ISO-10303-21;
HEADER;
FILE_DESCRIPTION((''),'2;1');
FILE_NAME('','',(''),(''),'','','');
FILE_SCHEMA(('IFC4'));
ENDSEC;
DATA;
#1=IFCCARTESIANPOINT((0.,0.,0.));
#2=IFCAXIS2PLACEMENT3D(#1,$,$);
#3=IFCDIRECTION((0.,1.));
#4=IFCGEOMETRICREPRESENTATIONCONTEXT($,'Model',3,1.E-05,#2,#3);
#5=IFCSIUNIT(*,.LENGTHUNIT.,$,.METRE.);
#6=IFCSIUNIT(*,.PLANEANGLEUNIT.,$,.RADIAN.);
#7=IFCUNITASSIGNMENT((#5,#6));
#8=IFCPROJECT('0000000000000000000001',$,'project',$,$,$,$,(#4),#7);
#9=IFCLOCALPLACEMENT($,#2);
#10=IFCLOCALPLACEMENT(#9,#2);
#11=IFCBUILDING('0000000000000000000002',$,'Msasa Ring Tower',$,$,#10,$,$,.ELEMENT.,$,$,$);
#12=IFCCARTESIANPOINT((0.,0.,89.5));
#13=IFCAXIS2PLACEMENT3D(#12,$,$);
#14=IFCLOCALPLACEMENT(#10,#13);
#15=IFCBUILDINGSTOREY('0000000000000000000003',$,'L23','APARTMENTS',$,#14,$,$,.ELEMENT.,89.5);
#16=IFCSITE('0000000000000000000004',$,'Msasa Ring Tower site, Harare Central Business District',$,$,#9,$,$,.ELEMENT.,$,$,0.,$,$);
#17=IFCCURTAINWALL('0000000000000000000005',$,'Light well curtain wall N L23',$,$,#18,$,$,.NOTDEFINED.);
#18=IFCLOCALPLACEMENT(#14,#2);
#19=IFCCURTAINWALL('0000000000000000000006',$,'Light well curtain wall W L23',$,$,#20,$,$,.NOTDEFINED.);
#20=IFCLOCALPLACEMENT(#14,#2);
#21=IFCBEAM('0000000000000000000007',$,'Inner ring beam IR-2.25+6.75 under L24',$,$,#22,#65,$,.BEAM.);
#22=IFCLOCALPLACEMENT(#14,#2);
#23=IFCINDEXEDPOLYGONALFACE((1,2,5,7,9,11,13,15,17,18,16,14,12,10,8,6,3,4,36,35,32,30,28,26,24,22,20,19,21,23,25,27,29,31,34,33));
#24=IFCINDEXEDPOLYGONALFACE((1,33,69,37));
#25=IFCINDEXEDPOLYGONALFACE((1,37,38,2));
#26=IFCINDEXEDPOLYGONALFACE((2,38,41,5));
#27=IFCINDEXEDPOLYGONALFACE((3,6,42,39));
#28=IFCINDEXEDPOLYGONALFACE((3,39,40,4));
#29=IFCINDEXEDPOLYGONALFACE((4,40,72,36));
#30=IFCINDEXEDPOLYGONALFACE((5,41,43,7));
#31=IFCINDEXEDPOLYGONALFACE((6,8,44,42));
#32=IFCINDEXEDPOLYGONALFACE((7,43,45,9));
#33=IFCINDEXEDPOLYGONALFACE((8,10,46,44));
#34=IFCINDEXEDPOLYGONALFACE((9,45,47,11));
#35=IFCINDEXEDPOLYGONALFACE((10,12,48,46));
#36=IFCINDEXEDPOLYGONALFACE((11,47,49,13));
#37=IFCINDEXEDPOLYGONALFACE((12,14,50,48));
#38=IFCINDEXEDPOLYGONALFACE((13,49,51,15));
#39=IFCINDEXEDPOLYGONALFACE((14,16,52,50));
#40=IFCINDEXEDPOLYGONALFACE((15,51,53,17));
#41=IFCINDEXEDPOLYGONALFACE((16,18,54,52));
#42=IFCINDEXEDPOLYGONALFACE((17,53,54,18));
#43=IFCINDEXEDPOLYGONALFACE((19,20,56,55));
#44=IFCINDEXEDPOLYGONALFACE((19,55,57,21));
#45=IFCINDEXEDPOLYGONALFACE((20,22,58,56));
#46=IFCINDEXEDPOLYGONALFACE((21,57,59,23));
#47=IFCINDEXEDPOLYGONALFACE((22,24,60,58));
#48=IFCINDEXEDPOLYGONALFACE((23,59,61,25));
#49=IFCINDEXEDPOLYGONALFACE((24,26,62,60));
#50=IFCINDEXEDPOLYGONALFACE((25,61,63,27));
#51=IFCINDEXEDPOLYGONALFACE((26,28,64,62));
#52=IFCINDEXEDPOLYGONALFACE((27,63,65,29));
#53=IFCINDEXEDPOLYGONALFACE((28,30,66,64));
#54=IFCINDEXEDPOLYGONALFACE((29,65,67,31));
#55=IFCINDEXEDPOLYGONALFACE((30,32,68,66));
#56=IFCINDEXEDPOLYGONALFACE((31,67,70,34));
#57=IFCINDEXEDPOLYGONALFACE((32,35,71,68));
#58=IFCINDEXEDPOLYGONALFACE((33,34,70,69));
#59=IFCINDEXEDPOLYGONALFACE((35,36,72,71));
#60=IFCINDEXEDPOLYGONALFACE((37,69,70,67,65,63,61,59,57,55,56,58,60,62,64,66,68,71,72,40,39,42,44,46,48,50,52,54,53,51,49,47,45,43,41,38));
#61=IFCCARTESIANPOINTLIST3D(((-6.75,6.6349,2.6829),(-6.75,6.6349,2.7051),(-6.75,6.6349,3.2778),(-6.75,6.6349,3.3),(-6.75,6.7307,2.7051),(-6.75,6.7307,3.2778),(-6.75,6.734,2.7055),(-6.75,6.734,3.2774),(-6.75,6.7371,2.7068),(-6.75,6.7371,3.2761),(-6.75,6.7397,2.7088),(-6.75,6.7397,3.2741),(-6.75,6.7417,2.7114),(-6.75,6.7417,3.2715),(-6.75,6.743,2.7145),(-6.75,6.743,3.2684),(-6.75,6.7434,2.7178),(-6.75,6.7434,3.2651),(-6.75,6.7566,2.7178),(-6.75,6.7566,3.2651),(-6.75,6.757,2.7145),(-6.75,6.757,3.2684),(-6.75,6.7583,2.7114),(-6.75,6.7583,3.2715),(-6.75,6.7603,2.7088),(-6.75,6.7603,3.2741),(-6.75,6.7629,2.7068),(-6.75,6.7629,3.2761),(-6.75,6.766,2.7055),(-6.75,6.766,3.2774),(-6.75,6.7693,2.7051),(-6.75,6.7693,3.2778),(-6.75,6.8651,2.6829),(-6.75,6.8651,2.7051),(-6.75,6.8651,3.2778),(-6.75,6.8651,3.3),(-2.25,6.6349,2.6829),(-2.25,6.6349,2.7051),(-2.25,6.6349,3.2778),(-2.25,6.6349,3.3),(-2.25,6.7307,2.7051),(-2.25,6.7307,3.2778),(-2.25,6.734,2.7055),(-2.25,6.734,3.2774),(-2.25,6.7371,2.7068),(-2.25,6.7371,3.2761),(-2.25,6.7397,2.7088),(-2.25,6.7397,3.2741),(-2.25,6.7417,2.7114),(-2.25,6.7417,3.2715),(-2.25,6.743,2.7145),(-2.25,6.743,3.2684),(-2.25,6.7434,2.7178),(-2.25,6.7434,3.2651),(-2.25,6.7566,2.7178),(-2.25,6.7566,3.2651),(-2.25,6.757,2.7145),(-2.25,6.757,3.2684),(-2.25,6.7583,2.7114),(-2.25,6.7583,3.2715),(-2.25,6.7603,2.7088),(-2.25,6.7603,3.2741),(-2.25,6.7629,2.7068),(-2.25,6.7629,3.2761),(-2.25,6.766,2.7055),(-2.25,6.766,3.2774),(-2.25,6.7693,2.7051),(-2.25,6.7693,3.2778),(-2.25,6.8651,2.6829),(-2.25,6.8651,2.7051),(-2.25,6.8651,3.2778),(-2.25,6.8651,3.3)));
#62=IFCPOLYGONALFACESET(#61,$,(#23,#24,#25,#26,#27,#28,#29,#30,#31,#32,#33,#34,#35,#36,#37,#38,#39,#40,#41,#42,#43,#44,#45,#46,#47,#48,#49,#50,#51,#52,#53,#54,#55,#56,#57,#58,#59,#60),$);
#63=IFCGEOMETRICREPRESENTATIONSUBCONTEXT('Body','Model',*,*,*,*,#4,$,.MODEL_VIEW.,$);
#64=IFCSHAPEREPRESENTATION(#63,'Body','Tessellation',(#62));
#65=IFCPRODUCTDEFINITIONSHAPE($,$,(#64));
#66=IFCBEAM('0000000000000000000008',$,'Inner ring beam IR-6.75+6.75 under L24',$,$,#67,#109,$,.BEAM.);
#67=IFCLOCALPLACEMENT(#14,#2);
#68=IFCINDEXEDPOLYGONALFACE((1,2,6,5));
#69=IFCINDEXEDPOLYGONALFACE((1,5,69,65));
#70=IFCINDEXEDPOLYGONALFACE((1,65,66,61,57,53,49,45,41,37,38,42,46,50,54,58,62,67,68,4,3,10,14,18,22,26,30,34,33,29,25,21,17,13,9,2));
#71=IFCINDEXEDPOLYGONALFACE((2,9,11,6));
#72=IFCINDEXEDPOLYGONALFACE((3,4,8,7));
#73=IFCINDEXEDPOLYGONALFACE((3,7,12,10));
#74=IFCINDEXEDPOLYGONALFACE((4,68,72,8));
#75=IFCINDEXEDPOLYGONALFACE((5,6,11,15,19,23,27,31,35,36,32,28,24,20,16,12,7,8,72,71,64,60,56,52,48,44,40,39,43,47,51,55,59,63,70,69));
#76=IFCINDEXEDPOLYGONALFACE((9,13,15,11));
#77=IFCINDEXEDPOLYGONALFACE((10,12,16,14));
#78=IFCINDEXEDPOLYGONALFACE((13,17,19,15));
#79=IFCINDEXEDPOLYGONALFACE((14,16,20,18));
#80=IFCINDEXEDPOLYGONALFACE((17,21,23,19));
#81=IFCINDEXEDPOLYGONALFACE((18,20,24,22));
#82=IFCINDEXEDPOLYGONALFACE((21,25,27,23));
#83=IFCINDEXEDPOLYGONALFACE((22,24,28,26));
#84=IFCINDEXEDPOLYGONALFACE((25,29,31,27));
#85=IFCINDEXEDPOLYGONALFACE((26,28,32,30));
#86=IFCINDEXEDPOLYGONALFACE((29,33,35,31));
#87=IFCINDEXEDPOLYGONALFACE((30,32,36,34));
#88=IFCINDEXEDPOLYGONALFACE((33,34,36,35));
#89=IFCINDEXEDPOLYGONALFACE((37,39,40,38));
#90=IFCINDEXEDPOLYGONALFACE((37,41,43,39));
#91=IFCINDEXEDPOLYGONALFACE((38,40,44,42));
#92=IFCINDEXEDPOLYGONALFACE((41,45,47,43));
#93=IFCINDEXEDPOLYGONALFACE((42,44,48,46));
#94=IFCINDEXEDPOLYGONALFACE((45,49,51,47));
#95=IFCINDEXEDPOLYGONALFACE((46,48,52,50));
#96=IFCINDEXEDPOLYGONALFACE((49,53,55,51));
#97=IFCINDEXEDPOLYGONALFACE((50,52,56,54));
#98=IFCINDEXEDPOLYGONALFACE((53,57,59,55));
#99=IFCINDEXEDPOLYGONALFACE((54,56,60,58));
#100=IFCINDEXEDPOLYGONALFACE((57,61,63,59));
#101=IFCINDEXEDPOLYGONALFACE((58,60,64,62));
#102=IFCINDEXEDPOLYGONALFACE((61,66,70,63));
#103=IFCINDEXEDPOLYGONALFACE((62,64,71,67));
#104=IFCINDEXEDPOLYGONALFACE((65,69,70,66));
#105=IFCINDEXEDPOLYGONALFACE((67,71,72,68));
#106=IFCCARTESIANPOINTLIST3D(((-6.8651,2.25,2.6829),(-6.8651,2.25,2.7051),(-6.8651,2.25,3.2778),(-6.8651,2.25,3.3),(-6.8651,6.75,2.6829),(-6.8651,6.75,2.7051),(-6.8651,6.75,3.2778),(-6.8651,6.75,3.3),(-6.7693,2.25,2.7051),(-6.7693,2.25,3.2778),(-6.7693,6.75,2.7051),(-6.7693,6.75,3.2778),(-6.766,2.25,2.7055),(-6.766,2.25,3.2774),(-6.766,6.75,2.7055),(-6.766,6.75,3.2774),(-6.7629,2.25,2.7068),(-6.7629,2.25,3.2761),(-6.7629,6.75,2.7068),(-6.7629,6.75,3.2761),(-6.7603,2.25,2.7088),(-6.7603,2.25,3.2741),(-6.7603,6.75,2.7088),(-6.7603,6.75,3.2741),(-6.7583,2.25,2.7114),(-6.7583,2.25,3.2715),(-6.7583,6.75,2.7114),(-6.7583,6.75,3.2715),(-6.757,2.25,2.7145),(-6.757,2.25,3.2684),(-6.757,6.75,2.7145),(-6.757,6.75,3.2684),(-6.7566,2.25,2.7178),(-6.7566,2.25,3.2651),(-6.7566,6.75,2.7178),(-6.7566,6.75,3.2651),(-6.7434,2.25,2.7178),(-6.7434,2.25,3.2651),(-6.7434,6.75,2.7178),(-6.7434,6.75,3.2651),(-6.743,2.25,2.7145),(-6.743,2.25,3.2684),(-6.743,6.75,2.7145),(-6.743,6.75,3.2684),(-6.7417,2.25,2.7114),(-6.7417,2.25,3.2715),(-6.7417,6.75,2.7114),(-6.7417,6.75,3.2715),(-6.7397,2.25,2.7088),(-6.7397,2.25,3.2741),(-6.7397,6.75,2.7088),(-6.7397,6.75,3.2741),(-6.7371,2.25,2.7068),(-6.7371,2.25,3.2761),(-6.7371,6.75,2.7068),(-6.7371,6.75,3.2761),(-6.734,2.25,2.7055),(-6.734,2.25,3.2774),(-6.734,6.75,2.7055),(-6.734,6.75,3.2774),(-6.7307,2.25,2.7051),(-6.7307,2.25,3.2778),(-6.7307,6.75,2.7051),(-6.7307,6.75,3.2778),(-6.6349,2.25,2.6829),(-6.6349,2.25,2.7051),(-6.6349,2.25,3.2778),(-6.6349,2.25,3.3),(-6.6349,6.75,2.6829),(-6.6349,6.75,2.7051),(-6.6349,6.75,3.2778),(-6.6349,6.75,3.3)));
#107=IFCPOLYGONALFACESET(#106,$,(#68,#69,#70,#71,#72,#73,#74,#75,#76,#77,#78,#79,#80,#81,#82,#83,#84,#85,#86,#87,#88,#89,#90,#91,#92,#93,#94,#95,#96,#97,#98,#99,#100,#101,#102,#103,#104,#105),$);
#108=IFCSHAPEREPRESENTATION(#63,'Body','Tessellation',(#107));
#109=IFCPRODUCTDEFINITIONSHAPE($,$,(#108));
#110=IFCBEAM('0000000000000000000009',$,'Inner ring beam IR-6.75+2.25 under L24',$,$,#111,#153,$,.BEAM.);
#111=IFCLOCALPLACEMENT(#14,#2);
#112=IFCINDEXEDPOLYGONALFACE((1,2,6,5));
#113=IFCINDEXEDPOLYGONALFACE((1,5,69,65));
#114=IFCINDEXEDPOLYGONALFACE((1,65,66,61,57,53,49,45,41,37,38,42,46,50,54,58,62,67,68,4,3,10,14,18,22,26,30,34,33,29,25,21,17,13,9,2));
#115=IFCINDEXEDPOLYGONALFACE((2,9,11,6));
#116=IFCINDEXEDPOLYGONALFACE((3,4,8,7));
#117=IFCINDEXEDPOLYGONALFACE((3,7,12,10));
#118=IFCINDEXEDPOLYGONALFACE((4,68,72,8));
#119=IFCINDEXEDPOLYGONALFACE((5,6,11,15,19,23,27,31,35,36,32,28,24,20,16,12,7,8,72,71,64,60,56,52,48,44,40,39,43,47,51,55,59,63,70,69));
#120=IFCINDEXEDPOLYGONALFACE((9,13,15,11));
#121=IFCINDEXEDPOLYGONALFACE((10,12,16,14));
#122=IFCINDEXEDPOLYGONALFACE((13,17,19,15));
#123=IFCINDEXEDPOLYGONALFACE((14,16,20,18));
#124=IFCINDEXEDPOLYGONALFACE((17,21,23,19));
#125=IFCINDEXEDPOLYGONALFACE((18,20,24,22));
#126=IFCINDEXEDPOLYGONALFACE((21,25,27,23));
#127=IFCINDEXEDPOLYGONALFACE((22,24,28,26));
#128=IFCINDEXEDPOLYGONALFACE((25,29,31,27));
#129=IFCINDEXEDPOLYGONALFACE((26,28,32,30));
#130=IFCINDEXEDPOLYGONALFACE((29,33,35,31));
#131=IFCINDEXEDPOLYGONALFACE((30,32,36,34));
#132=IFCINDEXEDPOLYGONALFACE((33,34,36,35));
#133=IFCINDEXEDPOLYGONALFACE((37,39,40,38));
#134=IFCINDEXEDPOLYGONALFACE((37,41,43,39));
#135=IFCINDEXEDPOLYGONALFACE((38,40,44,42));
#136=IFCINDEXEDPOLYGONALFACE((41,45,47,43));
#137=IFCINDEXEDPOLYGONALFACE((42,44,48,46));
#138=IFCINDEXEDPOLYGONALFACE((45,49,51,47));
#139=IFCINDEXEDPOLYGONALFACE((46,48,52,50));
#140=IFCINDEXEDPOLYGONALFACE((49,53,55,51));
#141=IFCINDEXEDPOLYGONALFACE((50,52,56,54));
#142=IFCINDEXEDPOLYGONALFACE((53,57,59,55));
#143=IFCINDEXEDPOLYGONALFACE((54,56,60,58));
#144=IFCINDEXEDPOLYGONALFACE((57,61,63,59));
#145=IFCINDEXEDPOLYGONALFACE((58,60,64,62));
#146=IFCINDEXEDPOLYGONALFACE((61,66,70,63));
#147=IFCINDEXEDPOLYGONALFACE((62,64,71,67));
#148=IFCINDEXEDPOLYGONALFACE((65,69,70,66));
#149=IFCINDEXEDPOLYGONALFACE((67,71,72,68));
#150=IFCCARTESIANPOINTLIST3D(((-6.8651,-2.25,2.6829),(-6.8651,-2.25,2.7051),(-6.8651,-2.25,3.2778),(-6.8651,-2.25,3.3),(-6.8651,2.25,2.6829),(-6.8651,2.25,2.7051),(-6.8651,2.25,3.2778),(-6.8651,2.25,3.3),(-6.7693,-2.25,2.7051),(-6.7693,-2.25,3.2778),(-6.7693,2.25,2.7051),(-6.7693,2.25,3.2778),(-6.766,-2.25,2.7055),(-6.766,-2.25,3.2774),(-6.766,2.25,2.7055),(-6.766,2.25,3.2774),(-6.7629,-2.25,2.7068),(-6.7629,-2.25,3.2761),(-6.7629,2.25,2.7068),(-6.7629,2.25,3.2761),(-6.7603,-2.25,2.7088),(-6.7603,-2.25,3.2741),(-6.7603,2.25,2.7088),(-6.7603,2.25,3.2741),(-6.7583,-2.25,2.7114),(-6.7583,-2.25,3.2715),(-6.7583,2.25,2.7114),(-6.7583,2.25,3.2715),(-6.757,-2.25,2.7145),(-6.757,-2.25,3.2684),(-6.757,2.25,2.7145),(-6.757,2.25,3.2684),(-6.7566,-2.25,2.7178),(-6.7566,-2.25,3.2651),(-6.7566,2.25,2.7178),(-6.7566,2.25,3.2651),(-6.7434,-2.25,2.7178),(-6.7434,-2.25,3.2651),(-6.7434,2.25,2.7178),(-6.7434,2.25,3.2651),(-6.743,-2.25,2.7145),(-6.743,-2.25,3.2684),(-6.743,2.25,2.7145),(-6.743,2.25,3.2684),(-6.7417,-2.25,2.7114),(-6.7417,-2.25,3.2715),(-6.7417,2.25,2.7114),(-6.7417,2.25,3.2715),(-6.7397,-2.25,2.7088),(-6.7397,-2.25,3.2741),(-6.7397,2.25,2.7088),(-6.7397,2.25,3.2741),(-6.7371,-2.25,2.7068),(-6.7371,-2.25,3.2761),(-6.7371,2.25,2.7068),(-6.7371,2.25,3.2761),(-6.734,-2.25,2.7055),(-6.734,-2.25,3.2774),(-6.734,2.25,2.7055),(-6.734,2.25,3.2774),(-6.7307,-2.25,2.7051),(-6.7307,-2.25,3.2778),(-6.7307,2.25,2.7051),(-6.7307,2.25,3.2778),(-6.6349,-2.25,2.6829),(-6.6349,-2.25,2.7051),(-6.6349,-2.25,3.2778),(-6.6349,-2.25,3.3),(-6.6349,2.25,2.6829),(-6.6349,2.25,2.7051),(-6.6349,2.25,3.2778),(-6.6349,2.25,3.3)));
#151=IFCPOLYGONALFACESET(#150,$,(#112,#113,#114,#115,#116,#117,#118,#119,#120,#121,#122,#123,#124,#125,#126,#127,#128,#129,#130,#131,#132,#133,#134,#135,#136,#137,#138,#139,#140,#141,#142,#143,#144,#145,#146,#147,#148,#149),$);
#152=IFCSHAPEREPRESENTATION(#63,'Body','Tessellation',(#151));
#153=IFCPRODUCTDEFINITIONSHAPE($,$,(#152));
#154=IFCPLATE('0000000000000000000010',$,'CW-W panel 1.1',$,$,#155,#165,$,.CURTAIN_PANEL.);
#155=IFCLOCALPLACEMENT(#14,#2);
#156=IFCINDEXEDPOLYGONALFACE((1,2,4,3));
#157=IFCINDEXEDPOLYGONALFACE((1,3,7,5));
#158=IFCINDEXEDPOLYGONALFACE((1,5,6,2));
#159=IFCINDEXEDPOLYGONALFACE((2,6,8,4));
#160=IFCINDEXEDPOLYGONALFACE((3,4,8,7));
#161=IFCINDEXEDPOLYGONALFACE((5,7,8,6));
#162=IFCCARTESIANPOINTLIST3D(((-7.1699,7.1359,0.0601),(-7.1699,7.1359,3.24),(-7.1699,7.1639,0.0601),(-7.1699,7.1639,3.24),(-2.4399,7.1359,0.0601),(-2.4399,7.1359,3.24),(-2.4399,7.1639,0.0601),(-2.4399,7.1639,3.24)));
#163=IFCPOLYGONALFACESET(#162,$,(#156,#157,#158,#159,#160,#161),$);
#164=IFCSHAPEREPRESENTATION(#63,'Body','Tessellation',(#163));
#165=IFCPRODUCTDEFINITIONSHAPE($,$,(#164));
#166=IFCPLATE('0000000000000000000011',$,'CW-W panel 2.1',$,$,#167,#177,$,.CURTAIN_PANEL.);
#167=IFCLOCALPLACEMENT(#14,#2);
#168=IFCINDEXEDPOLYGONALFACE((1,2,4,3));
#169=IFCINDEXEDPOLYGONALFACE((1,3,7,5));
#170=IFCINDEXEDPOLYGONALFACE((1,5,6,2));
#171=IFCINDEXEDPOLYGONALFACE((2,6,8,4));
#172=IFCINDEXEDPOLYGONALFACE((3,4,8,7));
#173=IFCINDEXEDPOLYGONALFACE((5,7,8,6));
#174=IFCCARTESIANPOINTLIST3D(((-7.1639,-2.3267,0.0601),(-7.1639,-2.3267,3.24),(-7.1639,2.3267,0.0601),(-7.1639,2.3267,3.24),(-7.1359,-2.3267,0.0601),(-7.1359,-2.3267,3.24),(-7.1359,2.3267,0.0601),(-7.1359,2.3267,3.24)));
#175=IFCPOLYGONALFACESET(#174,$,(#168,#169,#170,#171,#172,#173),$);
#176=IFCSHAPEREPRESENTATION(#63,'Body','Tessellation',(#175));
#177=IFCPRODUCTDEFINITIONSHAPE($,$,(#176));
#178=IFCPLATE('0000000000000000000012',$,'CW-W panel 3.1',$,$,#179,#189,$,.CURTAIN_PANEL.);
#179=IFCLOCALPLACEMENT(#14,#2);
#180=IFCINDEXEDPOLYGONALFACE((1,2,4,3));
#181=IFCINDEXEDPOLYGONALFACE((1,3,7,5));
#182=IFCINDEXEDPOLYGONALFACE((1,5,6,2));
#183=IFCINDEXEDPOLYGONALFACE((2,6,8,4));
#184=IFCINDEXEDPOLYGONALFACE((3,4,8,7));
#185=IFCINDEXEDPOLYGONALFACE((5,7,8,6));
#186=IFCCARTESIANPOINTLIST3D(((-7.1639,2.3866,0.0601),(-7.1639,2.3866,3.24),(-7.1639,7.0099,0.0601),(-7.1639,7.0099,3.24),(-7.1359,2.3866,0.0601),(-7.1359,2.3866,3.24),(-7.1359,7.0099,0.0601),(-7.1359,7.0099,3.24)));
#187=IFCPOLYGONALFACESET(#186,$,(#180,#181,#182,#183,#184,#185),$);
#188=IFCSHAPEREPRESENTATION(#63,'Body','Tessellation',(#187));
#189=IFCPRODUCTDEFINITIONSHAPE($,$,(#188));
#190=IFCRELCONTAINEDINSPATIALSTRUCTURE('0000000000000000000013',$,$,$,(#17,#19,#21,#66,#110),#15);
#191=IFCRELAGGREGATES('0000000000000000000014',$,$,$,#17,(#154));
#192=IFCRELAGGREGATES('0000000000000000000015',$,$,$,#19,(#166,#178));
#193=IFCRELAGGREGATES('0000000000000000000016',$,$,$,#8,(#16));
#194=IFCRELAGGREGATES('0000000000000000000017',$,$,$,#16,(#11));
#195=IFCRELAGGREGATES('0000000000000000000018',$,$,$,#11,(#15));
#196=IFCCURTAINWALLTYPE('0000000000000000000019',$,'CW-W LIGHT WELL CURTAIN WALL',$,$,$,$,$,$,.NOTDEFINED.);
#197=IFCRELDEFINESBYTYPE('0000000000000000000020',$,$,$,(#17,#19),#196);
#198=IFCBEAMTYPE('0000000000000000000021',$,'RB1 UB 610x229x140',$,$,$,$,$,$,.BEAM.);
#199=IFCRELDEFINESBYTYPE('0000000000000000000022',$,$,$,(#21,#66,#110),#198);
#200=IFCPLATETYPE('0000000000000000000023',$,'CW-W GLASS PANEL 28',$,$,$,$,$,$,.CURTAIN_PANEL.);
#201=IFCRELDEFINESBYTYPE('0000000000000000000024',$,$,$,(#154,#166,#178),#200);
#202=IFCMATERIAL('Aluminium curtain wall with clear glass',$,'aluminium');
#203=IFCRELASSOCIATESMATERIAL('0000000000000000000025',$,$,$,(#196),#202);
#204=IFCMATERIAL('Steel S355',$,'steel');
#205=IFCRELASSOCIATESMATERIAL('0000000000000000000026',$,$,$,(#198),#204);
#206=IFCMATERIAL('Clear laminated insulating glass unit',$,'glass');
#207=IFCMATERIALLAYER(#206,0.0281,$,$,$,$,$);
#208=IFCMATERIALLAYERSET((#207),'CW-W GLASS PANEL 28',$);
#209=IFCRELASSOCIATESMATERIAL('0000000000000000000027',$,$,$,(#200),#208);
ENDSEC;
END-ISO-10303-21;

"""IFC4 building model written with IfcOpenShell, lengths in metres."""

from ifc_helpers import new_model, si_unit, direction, frame, origin, origin_2d, place, context, subcontext, project, spatial, rectangle, i_section, extrude, material, layer, layer_set, material_profile, profile_set, type_object, element, aggregate, save


model = new_model("IFC4")

# Units and contexts
model_context = context("Model", 3, precision=1e-05, world=origin(), true_north=direction((0.0, 1.0)))
body_context = subcontext(model_context, "Body", "Model", "MODEL_VIEW")
ifc_project = project(units=[si_unit("LENGTHUNIT", "METRE"), si_unit("PLANEANGLEUNIT", "RADIAN")], contexts=[model_context])

# Site, building, storey
site_placement = place(None, origin())
site = spatial("IfcSite", under=ifc_project, at=site_placement, Name="Msasa Ring Tower site, Harare Central Business District", CompositionType="ELEMENT", RefElevation=0.0)
building_placement = place(site_placement, origin())
building = spatial("IfcBuilding", under=site, at=building_placement, Name="Msasa Ring Tower", CompositionType="ELEMENT")
storey_placement = place(building_placement, frame((0.0, 0.0, 89.5)))
storey = spatial("IfcBuildingStorey", under=building, at=storey_placement, Name="L23", Description="APARTMENTS", CompositionType="ELEMENT", Elevation=89.5)

# Curtain walls
ifc_material_1 = material(Name="Aluminium curtain wall with clear glass", Category="aluminium")
curtain_wall_type = type_object("IfcCurtainWallType", Name="CW-W LIGHT WELL CURTAIN WALL", PredefinedType="NOTDEFINED", material=ifc_material_1)
curtain_wall_1_placement = place(storey_placement, origin())
curtain_wall_1 = element("IfcCurtainWall", 1, at=curtain_wall_1_placement, inside=storey, type_object=curtain_wall_type, Name="Light well curtain wall N L23", PredefinedType="NOTDEFINED")
curtain_wall_2_placement = place(storey_placement, origin())
curtain_wall_2 = element("IfcCurtainWall", 2, at=curtain_wall_2_placement, inside=storey, type_object=curtain_wall_type, Name="Light well curtain wall W L23", PredefinedType="NOTDEFINED")

# Beams
ifc_material_2 = material(Name="Steel S355", Category="steel")
ifc_material_profile_1 = material_profile(ifc_material_2, i_section(OverallWidth=0.2302, OverallDepth=0.6172, WebThickness=0.0132, FlangeThickness=0.0222, FilletRadius=0.0127, at=origin_2d()), Name="UB 610x229x140")
ifc_profile_set_1 = profile_set([ifc_material_profile_1], Name="Steel S355")
beam_type = type_object("IfcBeamType", Name="RB1 UB 610x229x140", PredefinedType="BEAM", material=ifc_profile_set_1)
for number, where, z_axis, x_axis, name in (
    (3, (-2.25, 6.75, 2.9915), (-1.0, 0.0, 0.0), (0.0, -1.0, 0.0), "Inner ring beam IR-2.25+6.75 under L24"),
    (4, (-6.75, 6.75, 2.9915), (0.0, -1.0, 0.0), (1.0, 0.0, 0.0), "Inner ring beam IR-6.75+6.75 under L24"),
    (5, (-6.75, 2.25, 2.9915), (0.0, -1.0, 0.0), (1.0, 0.0, 0.0), "Inner ring beam IR-6.75+2.25 under L24"),
):
    element("IfcBeam", number, at=place(storey_placement, frame(where, z_axis=z_axis, x_axis=x_axis)), inside=storey, type_object=beam_type, Name=name, PredefinedType="BEAM", context=body_context, shape_type="SweptSolid", body=[
        extrude(i_section(OverallWidth=0.2302, OverallDepth=0.6172, WebThickness=0.0132, FlangeThickness=0.0222, FilletRadius=0.0127, at=origin_2d()), origin(), (0.0, 0.0, 1.0), 4.5),
    ])

# Plates
ifc_material_3 = material(Name="Clear laminated insulating glass unit", Category="glass")
ifc_layer_1 = layer(ifc_material_3, 0.0281)
ifc_layer_set_1 = layer_set([ifc_layer_1], Name="CW-W GLASS PANEL 28")
plate_type = type_object("IfcPlateType", Name="CW-W GLASS PANEL 28", PredefinedType="CURTAIN_PANEL", material=ifc_layer_set_1)
plate_1_placement = place(storey_placement, frame((-4.8049, 7.1499, 0.0601), z_axis=(0.0, 0.0, 1.0), x_axis=(1.0, 0.0, 0.0)))
plate_1 = element("IfcPlate", 6, at=plate_1_placement, type_object=plate_type, Name="CW-W panel 1.1", PredefinedType="CURTAIN_PANEL", context=body_context, shape_type="SweptSolid", body=[
    extrude(rectangle(XDim=4.73, YDim=0.0281, at=origin_2d()), origin(), (0.0, 0.0, 1.0), 3.1799),
])
aggregate(curtain_wall_1, [plate_1])
plate_2_placement = place(storey_placement, frame((-7.1499, 0.0, 0.0601), z_axis=(0.0, 0.0, 1.0), x_axis=(0.0, 1.0, 0.0)))
plate_2 = element("IfcPlate", 7, at=plate_2_placement, type_object=plate_type, Name="CW-W panel 2.1", PredefinedType="CURTAIN_PANEL", context=body_context, shape_type="SweptSolid", body=[
    extrude(rectangle(XDim=4.6533, YDim=0.0281, at=origin_2d()), origin(), (0.0, 0.0, 1.0), 3.1799),
])
plate_3_placement = place(storey_placement, frame((-7.1499, 4.6982, 0.0601), z_axis=(0.0, 0.0, 1.0), x_axis=(0.0, 1.0, 0.0)))
plate_3 = element("IfcPlate", 8, at=plate_3_placement, type_object=plate_type, Name="CW-W panel 3.1", PredefinedType="CURTAIN_PANEL", context=body_context, shape_type="SweptSolid", body=[
    extrude(rectangle(XDim=4.6233, YDim=0.0281, at=origin_2d()), origin(), (0.0, 0.0, 1.0), 3.1799),
])
aggregate(curtain_wall_2, [plate_2, plate_3])

save(model, "model.ifc")
